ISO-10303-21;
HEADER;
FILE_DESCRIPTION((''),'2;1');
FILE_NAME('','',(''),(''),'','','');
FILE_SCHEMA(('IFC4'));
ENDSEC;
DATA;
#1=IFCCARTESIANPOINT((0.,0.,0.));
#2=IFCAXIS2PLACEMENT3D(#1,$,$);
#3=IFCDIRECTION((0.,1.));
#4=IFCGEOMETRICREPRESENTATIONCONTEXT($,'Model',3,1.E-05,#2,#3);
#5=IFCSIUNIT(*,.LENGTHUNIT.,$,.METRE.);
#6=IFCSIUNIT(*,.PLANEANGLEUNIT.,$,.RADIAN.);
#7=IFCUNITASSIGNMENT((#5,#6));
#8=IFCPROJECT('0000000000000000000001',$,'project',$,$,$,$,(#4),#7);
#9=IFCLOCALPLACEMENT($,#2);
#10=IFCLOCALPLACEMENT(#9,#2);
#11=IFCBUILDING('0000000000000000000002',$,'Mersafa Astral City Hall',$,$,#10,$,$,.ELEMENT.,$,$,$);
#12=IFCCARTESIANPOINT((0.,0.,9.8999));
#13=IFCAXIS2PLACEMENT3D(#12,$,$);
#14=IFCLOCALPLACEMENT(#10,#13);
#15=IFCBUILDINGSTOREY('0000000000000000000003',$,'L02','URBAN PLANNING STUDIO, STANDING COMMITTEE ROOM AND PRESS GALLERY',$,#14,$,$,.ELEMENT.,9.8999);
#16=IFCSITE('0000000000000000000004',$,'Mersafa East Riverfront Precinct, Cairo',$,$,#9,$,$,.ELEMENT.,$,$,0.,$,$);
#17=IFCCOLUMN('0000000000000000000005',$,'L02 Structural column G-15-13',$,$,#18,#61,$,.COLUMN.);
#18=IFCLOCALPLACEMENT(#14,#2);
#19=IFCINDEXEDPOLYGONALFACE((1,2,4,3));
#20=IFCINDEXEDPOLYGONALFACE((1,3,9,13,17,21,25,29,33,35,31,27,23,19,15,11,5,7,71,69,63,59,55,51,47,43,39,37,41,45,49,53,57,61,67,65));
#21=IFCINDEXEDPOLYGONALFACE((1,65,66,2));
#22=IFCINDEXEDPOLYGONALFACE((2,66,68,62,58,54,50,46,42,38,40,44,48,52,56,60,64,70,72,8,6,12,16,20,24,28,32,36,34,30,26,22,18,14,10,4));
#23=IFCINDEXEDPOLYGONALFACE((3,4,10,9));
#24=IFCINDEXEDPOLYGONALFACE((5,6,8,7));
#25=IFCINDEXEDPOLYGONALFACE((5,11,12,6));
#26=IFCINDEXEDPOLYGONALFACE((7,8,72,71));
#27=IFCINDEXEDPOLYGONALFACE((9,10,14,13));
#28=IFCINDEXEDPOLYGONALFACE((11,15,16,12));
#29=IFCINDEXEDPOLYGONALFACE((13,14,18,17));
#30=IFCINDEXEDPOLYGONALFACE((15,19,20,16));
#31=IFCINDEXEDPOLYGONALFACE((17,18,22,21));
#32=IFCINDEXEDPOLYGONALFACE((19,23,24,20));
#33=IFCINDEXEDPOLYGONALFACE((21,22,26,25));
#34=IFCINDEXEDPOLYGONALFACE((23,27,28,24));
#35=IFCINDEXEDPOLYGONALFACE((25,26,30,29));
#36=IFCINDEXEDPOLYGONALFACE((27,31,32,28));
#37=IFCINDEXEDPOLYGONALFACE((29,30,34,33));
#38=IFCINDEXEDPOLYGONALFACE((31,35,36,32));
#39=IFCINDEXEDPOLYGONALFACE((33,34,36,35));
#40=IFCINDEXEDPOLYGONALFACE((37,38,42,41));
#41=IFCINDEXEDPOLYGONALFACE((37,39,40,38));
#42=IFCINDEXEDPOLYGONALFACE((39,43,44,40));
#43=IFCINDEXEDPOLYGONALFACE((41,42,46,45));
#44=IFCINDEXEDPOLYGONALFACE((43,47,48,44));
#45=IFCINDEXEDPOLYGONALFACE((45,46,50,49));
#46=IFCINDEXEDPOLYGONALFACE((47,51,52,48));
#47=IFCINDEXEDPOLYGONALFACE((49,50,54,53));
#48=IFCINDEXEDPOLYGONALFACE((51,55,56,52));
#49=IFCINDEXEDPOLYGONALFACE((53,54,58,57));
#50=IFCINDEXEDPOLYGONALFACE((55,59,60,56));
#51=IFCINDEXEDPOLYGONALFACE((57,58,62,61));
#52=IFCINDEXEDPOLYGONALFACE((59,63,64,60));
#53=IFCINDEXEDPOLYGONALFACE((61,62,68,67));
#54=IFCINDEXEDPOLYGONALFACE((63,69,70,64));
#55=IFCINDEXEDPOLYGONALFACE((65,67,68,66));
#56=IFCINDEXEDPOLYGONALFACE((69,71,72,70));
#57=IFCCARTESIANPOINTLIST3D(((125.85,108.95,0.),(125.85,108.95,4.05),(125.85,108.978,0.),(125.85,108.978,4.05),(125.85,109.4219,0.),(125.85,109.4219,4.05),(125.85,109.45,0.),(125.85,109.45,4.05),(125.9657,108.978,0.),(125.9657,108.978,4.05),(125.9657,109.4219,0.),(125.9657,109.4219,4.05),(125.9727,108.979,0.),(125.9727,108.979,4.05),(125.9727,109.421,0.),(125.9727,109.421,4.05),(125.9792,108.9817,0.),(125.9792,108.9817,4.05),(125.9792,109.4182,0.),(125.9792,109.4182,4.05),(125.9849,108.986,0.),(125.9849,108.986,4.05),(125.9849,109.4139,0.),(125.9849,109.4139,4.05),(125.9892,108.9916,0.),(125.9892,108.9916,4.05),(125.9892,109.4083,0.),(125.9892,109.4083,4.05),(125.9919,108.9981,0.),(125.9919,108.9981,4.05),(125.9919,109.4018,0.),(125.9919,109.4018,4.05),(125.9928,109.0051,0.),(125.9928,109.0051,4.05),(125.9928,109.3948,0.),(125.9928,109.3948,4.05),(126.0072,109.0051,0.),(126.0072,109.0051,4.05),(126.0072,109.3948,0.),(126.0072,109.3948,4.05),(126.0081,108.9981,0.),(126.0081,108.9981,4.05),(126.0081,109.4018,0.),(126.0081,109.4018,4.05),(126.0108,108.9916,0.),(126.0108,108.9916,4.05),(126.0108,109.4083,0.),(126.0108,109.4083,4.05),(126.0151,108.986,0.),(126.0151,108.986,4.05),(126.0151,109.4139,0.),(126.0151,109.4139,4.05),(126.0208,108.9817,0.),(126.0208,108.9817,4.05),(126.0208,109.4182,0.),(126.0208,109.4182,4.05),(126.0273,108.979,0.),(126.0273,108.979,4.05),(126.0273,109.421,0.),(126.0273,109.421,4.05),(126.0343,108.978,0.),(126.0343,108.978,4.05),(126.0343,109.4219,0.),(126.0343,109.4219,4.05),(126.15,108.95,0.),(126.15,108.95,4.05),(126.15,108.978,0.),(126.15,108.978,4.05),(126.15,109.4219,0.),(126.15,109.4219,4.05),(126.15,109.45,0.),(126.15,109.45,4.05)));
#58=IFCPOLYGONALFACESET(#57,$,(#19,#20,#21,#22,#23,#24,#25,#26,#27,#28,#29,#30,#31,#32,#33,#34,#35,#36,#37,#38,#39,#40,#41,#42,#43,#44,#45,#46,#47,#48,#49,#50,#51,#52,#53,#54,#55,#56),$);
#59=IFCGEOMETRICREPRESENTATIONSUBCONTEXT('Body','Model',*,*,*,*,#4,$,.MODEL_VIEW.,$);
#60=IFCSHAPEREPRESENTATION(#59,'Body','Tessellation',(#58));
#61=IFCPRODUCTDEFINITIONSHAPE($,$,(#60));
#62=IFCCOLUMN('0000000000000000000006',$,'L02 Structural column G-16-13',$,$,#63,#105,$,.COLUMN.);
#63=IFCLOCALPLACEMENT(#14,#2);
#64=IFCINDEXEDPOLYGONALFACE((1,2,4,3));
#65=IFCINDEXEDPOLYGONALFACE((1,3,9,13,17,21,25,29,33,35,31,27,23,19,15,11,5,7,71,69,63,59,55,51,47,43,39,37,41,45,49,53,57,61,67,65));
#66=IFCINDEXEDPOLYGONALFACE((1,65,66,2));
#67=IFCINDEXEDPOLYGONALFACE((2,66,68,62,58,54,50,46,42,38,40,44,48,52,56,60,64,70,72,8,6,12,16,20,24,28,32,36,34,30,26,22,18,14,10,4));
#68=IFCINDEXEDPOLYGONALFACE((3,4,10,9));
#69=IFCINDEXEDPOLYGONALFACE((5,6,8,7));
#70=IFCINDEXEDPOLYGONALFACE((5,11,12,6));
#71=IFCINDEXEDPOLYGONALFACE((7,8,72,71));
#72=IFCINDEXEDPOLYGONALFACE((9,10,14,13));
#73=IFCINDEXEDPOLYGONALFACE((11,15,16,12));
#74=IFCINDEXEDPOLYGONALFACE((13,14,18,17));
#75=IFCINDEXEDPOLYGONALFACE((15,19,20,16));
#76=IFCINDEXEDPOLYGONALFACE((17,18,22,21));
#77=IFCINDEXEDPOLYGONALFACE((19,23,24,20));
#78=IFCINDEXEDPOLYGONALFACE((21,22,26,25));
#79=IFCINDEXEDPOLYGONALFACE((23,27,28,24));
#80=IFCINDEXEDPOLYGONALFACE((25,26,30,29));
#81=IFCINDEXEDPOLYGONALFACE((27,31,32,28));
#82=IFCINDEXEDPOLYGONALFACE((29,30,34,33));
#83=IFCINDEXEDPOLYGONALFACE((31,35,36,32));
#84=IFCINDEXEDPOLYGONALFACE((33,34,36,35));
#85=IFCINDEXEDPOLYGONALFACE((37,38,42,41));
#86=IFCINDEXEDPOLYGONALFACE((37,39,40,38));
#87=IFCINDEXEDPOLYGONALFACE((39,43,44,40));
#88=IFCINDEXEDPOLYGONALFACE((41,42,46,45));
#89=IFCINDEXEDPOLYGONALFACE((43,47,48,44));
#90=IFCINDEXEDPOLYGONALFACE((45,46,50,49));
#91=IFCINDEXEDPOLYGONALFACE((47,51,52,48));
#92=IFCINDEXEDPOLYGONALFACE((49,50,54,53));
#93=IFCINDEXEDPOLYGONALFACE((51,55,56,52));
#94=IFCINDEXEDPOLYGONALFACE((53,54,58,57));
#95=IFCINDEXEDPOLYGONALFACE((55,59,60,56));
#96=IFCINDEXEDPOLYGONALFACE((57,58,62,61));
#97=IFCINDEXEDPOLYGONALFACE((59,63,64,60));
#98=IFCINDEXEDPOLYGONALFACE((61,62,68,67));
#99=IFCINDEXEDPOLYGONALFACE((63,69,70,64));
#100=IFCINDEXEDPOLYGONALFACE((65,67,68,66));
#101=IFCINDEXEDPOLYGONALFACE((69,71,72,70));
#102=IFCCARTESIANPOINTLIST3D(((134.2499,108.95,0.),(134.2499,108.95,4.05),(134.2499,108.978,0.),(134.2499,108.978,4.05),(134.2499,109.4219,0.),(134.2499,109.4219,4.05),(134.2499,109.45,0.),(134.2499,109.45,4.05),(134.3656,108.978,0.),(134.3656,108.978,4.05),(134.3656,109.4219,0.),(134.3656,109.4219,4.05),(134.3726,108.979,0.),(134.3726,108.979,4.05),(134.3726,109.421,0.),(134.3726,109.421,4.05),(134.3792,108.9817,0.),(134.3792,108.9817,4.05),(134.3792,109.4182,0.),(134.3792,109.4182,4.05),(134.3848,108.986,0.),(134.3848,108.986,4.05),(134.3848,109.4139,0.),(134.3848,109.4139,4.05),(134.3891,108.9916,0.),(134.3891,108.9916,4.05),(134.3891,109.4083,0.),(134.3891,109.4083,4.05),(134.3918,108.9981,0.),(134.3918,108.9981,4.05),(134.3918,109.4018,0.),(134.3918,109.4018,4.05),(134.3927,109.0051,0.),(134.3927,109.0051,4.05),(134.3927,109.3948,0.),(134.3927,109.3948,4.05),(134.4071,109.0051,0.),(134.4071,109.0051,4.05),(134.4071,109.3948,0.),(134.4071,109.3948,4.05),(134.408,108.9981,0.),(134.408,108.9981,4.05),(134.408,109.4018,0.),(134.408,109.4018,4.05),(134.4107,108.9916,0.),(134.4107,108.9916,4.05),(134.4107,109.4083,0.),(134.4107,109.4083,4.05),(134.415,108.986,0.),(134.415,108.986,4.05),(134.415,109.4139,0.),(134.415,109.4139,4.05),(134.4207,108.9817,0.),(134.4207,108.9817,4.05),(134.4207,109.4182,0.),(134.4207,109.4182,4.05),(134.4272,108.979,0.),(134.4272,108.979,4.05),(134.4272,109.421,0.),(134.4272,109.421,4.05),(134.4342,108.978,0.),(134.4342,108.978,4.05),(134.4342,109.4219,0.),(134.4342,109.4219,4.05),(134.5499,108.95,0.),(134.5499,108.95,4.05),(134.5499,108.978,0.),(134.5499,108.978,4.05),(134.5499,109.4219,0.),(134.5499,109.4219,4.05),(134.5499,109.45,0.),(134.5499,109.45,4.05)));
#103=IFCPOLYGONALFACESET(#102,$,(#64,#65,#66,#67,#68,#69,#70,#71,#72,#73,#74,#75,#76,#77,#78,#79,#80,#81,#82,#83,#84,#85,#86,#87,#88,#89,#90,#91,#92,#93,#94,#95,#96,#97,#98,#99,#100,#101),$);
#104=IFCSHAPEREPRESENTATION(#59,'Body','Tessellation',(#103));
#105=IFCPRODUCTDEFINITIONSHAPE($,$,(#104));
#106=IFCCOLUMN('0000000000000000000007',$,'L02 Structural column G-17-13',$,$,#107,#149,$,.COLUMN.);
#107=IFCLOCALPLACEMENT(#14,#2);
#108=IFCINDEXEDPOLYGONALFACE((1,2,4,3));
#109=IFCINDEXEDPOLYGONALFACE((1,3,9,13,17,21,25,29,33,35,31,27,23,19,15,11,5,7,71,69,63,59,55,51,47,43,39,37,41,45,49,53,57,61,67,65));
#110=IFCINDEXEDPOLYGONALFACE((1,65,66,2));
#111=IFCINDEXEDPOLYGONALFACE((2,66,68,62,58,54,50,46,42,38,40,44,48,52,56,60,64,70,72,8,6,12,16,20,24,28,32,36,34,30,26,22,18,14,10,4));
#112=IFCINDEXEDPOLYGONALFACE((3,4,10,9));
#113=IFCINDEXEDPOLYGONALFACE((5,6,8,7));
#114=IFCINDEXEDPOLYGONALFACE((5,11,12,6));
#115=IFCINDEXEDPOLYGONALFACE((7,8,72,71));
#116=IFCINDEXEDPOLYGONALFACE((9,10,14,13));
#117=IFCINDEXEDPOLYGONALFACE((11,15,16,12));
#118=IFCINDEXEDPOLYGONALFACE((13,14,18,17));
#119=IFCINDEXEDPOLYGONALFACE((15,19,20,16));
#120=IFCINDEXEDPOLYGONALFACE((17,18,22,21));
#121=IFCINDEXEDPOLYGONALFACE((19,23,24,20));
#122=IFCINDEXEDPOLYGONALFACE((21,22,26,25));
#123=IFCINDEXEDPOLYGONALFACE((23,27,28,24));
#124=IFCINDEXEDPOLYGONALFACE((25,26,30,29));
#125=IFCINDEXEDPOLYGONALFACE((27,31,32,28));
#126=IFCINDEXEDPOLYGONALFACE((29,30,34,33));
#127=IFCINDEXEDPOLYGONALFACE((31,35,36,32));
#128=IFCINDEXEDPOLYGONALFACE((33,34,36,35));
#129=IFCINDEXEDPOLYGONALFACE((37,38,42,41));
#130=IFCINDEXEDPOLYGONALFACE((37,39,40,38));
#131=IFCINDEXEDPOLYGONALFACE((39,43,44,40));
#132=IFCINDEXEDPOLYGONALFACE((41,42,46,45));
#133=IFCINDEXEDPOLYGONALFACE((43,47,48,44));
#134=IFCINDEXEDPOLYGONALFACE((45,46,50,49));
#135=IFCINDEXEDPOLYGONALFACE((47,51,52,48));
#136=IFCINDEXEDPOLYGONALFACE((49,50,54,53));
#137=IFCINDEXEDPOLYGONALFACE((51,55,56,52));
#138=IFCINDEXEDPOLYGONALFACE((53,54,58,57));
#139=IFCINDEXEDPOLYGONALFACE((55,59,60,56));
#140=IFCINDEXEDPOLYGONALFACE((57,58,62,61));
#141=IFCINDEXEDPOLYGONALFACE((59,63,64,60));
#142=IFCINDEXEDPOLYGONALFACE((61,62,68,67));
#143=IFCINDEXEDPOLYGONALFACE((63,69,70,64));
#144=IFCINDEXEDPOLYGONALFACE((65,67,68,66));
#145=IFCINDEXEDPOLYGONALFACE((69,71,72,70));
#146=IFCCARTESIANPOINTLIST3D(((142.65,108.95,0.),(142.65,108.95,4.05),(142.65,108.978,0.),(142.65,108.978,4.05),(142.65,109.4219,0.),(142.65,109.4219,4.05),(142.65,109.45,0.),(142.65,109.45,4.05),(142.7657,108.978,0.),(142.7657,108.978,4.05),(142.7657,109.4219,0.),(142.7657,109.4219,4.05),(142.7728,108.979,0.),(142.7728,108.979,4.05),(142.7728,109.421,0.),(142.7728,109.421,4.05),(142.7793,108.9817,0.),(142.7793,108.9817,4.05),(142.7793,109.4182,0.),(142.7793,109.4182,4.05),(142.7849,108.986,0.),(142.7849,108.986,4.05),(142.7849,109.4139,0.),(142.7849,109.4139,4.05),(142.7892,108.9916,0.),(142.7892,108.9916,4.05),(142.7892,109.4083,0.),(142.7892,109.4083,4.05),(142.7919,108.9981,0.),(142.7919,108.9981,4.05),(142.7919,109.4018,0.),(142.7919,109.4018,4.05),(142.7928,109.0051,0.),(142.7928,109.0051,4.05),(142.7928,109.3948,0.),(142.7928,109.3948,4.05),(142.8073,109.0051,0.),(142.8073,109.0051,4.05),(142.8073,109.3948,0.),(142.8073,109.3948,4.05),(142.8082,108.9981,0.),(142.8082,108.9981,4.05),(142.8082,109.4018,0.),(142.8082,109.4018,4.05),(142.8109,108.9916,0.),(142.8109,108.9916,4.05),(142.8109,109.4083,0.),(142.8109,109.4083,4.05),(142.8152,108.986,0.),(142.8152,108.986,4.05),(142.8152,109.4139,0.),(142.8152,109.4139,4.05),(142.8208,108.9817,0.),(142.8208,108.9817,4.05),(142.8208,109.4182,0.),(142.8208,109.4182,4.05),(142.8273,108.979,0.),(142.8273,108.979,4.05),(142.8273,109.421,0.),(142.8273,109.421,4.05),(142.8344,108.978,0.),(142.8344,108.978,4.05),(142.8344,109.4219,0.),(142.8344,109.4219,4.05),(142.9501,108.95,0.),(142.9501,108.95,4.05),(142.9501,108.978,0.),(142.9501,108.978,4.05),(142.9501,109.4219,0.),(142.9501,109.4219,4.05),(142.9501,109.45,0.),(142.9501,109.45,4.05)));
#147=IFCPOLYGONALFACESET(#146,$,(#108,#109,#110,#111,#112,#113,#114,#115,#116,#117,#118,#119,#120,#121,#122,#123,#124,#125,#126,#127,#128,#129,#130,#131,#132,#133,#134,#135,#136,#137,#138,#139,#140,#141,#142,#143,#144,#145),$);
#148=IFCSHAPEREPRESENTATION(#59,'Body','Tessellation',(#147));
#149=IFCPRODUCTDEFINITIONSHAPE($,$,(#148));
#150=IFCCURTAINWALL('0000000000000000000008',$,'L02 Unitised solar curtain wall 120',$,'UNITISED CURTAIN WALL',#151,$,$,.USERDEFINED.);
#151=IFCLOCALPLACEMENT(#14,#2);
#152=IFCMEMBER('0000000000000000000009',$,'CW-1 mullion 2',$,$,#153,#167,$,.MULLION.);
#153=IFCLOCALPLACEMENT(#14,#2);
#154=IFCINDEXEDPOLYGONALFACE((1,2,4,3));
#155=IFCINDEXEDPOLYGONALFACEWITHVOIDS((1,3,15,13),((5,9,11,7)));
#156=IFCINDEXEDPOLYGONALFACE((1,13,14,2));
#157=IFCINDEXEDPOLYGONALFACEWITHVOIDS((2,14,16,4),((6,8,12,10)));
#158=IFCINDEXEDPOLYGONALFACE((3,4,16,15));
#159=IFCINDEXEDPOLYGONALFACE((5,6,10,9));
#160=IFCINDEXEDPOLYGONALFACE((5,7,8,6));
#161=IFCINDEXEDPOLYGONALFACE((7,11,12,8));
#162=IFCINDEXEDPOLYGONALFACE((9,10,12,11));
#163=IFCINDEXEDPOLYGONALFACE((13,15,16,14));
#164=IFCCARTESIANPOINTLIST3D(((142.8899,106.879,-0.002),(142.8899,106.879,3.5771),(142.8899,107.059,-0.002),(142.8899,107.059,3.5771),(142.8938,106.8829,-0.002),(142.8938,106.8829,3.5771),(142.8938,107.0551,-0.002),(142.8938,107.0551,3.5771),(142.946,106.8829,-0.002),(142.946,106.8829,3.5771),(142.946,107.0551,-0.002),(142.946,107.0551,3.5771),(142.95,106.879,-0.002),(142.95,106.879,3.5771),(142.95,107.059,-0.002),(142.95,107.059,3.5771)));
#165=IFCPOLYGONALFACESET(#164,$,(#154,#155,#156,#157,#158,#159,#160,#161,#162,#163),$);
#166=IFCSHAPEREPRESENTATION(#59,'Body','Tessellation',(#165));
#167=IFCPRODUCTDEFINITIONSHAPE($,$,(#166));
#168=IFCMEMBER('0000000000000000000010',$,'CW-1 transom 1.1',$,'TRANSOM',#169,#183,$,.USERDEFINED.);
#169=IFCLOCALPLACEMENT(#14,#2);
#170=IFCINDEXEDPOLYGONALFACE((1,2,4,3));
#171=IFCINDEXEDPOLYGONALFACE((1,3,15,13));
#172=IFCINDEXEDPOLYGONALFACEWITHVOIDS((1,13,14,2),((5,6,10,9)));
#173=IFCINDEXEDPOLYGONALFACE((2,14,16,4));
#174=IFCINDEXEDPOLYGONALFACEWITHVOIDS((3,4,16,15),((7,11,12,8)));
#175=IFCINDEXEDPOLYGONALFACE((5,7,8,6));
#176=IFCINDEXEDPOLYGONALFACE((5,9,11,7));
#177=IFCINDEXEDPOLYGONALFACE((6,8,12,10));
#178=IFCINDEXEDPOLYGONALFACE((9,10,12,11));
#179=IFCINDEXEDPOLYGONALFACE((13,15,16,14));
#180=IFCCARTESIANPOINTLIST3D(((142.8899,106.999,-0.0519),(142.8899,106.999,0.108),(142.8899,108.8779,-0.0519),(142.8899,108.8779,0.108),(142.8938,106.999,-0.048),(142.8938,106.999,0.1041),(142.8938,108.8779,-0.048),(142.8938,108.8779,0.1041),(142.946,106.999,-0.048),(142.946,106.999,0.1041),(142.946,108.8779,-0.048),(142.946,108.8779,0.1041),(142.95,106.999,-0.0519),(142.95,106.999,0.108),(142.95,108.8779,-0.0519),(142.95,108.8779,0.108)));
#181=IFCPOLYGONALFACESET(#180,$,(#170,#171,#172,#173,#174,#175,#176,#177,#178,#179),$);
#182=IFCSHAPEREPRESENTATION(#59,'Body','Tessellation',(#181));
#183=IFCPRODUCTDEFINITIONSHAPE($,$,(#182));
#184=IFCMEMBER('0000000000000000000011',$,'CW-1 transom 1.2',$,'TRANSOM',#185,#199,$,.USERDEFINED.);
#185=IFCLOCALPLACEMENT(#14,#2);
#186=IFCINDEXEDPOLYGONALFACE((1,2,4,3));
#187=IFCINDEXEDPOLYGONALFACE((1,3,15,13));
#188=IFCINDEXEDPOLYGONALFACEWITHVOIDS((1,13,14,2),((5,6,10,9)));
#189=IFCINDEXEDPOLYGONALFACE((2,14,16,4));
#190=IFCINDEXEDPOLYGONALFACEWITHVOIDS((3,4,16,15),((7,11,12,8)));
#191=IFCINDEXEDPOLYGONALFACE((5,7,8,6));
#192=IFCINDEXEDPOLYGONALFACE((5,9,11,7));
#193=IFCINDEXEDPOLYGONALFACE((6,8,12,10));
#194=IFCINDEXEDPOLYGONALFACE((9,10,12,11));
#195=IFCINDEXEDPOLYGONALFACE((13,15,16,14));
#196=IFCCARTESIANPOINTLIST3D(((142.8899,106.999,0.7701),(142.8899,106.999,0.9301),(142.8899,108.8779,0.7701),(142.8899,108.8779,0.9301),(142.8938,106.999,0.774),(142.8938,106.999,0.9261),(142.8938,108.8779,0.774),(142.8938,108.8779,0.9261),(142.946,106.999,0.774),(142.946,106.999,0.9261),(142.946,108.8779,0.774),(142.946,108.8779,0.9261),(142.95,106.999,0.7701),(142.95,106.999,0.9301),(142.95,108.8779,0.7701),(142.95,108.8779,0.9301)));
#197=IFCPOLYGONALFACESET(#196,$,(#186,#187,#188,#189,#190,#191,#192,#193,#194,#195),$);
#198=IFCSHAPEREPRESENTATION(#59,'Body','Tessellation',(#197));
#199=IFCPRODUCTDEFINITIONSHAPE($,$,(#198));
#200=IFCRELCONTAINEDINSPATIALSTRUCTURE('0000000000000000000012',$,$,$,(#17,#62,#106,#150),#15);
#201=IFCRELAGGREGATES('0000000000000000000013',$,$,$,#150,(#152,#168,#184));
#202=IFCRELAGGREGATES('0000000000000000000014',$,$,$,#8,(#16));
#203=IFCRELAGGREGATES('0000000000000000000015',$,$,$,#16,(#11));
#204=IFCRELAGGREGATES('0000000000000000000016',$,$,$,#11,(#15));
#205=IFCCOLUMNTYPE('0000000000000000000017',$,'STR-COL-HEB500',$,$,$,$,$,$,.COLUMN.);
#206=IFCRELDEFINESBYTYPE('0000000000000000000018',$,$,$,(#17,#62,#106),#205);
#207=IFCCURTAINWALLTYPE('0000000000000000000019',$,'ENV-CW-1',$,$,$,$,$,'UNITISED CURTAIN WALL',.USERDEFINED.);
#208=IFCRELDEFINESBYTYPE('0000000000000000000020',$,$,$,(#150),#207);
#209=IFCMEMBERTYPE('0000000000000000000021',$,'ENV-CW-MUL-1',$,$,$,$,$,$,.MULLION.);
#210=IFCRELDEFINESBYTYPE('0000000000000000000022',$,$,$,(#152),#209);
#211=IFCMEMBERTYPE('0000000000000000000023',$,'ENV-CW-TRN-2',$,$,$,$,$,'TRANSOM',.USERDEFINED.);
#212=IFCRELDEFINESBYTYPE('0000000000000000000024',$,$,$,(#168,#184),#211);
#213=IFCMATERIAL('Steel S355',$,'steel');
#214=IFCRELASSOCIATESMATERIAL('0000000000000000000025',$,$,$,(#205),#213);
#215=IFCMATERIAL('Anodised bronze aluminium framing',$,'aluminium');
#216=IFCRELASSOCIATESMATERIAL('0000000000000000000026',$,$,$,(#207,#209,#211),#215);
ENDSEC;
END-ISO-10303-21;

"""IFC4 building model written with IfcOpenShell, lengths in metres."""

from ifc_helpers import new_model, si_unit, direction, frame, origin, origin_2d, place, context, subcontext, project, spatial, hollow_rectangle, i_section, extrude, material, material_profile, profile_set, type_object, element, aggregate, save


model = new_model("IFC4")

# Units and contexts
model_context = context("Model", 3, precision=1e-05, world=origin(), true_north=direction((0.0, 1.0)))
body_context = subcontext(model_context, "Body", "Model", "MODEL_VIEW")
ifc_project = project(units=[si_unit("LENGTHUNIT", "METRE"), si_unit("PLANEANGLEUNIT", "RADIAN")], contexts=[model_context])

# Site, building, storey
site_placement = place(None, origin())
site = spatial("IfcSite", under=ifc_project, at=site_placement, Name="Mersafa East Riverfront Precinct, Cairo", CompositionType="ELEMENT", RefElevation=0.0)
building_placement = place(site_placement, origin())
building = spatial("IfcBuilding", under=site, at=building_placement, Name="Mersafa Astral City Hall", CompositionType="ELEMENT")
storey_placement = place(building_placement, frame((0.0, 0.0, 9.8999)))
storey = spatial("IfcBuildingStorey", under=building, at=storey_placement, Name="L02", Description="URBAN PLANNING STUDIO, STANDING COMMITTEE ROOM AND PRESS GALLERY", CompositionType="ELEMENT", Elevation=9.8999)

# Columns
ifc_material_1 = material(Name="Steel S355", Category="steel")
ifc_material_profile_1 = material_profile(ifc_material_1, i_section(OverallWidth=0.3, OverallDepth=0.5, WebThickness=0.0144, FlangeThickness=0.0281, FilletRadius=0.0271, at=origin_2d()), Name="HEB 500")
ifc_profile_set_1 = profile_set([ifc_material_profile_1], Name="Steel S355")
column_type = type_object("IfcColumnType", Name="STR-COL-HEB500", PredefinedType="COLUMN", material=ifc_profile_set_1)
for number, where, z_axis, x_axis, name in (
    (1, (126.0, 109.2, 0.0), (0.0, 0.0, 1.0), (1.0, 0.0, 0.0), "L02 Structural column G-15-13"),
    (2, (134.3999, 109.2, 0.0), (0.0, 0.0, 1.0), (1.0, 0.0, 0.0), "L02 Structural column G-16-13"),
    (3, (142.8, 109.2, 0.0), (0.0, 0.0, 1.0), (1.0, 0.0, 0.0), "L02 Structural column G-17-13"),
):
    element("IfcColumn", number, at=place(storey_placement, frame(where, z_axis=z_axis, x_axis=x_axis)), inside=storey, type_object=column_type, Name=name, PredefinedType="COLUMN", context=body_context, shape_type="SweptSolid", body=[
        extrude(i_section(OverallWidth=0.3, OverallDepth=0.5, WebThickness=0.0144, FlangeThickness=0.0281, FilletRadius=0.0271, at=origin_2d()), origin(), (0.0, 0.0, 1.0), 4.05),
    ])

# Curtain wall, members
ifc_material_2 = material(Name="Anodised bronze aluminium framing", Category="aluminium")
curtain_wall_type = type_object("IfcCurtainWallType", Name="ENV-CW-1", ElementType="UNITISED CURTAIN WALL", PredefinedType="USERDEFINED", material=ifc_material_2)
curtain_wall_placement = place(storey_placement, origin())
curtain_wall = element("IfcCurtainWall", 4, at=curtain_wall_placement, inside=storey, type_object=curtain_wall_type, Name="L02 Unitised solar curtain wall 120", ObjectType="UNITISED CURTAIN WALL", PredefinedType="USERDEFINED")
ifc_material_profile_2 = material_profile(ifc_material_2, hollow_rectangle(XDim=0.0601, YDim=0.1799, WallThickness=0.0039, at=origin_2d()), Name="RHS 60x180x4")
ifc_profile_set_2 = profile_set([ifc_material_profile_2], Name="Anodised bronze aluminium framing")
member_type_1 = type_object("IfcMemberType", Name="ENV-CW-MUL-1", PredefinedType="MULLION", material=ifc_profile_set_2)
member_1_placement = place(storey_placement, frame((142.9199, 106.969, -0.002), z_axis=(0.0, 0.0, 1.0), x_axis=(1.0, 0.0, 0.0)))
member_1 = element("IfcMember", 5, at=member_1_placement, type_object=member_type_1, Name="CW-1 mullion 2", PredefinedType="MULLION", context=body_context, shape_type="SweptSolid", body=[
    extrude(hollow_rectangle(XDim=0.0601, YDim=0.1799, WallThickness=0.0039, at=origin_2d()), origin(), (0.0, 0.0, 1.0), 3.5791),
])
ifc_material_profile_3 = material_profile(ifc_material_2, hollow_rectangle(XDim=0.0601, YDim=0.1599, WallThickness=0.0039, at=origin_2d()), Name="RHS 60x160x4")
ifc_profile_set_3 = profile_set([ifc_material_profile_3], Name="Anodised bronze aluminium framing")
member_type_2 = type_object("IfcMemberType", Name="ENV-CW-TRN-2", ElementType="TRANSOM", PredefinedType="USERDEFINED", material=ifc_profile_set_3)
member_2_placement = place(storey_placement, frame((142.9199, 108.8779, 0.0281), z_axis=(0.0, -1.0, 0.0), x_axis=(1.0, 0.0, 0.0)))
member_2 = element("IfcMember", 6, at=member_2_placement, type_object=member_type_2, Name="CW-1 transom 1.1", ObjectType="TRANSOM", PredefinedType="USERDEFINED", context=body_context, shape_type="SweptSolid", body=[
    extrude(hollow_rectangle(XDim=0.0601, YDim=0.1599, WallThickness=0.0039, at=origin_2d()), origin(), (0.0, 0.0, 1.0), 1.8789),
])
member_3_placement = place(storey_placement, frame((142.9199, 108.8779, 0.8501), z_axis=(0.0, -1.0, 0.0), x_axis=(1.0, 0.0, 0.0)))
member_3 = element("IfcMember", 7, at=member_3_placement, type_object=member_type_2, Name="CW-1 transom 1.2", ObjectType="TRANSOM", PredefinedType="USERDEFINED", context=body_context, shape_type="SweptSolid", body=[
    extrude(hollow_rectangle(XDim=0.0601, YDim=0.1599, WallThickness=0.0039, at=origin_2d()), origin(), (0.0, 0.0, 1.0), 1.8789),
])

aggregate(curtain_wall, [member_1, member_2, member_3])

save(model, "model.ifc")
